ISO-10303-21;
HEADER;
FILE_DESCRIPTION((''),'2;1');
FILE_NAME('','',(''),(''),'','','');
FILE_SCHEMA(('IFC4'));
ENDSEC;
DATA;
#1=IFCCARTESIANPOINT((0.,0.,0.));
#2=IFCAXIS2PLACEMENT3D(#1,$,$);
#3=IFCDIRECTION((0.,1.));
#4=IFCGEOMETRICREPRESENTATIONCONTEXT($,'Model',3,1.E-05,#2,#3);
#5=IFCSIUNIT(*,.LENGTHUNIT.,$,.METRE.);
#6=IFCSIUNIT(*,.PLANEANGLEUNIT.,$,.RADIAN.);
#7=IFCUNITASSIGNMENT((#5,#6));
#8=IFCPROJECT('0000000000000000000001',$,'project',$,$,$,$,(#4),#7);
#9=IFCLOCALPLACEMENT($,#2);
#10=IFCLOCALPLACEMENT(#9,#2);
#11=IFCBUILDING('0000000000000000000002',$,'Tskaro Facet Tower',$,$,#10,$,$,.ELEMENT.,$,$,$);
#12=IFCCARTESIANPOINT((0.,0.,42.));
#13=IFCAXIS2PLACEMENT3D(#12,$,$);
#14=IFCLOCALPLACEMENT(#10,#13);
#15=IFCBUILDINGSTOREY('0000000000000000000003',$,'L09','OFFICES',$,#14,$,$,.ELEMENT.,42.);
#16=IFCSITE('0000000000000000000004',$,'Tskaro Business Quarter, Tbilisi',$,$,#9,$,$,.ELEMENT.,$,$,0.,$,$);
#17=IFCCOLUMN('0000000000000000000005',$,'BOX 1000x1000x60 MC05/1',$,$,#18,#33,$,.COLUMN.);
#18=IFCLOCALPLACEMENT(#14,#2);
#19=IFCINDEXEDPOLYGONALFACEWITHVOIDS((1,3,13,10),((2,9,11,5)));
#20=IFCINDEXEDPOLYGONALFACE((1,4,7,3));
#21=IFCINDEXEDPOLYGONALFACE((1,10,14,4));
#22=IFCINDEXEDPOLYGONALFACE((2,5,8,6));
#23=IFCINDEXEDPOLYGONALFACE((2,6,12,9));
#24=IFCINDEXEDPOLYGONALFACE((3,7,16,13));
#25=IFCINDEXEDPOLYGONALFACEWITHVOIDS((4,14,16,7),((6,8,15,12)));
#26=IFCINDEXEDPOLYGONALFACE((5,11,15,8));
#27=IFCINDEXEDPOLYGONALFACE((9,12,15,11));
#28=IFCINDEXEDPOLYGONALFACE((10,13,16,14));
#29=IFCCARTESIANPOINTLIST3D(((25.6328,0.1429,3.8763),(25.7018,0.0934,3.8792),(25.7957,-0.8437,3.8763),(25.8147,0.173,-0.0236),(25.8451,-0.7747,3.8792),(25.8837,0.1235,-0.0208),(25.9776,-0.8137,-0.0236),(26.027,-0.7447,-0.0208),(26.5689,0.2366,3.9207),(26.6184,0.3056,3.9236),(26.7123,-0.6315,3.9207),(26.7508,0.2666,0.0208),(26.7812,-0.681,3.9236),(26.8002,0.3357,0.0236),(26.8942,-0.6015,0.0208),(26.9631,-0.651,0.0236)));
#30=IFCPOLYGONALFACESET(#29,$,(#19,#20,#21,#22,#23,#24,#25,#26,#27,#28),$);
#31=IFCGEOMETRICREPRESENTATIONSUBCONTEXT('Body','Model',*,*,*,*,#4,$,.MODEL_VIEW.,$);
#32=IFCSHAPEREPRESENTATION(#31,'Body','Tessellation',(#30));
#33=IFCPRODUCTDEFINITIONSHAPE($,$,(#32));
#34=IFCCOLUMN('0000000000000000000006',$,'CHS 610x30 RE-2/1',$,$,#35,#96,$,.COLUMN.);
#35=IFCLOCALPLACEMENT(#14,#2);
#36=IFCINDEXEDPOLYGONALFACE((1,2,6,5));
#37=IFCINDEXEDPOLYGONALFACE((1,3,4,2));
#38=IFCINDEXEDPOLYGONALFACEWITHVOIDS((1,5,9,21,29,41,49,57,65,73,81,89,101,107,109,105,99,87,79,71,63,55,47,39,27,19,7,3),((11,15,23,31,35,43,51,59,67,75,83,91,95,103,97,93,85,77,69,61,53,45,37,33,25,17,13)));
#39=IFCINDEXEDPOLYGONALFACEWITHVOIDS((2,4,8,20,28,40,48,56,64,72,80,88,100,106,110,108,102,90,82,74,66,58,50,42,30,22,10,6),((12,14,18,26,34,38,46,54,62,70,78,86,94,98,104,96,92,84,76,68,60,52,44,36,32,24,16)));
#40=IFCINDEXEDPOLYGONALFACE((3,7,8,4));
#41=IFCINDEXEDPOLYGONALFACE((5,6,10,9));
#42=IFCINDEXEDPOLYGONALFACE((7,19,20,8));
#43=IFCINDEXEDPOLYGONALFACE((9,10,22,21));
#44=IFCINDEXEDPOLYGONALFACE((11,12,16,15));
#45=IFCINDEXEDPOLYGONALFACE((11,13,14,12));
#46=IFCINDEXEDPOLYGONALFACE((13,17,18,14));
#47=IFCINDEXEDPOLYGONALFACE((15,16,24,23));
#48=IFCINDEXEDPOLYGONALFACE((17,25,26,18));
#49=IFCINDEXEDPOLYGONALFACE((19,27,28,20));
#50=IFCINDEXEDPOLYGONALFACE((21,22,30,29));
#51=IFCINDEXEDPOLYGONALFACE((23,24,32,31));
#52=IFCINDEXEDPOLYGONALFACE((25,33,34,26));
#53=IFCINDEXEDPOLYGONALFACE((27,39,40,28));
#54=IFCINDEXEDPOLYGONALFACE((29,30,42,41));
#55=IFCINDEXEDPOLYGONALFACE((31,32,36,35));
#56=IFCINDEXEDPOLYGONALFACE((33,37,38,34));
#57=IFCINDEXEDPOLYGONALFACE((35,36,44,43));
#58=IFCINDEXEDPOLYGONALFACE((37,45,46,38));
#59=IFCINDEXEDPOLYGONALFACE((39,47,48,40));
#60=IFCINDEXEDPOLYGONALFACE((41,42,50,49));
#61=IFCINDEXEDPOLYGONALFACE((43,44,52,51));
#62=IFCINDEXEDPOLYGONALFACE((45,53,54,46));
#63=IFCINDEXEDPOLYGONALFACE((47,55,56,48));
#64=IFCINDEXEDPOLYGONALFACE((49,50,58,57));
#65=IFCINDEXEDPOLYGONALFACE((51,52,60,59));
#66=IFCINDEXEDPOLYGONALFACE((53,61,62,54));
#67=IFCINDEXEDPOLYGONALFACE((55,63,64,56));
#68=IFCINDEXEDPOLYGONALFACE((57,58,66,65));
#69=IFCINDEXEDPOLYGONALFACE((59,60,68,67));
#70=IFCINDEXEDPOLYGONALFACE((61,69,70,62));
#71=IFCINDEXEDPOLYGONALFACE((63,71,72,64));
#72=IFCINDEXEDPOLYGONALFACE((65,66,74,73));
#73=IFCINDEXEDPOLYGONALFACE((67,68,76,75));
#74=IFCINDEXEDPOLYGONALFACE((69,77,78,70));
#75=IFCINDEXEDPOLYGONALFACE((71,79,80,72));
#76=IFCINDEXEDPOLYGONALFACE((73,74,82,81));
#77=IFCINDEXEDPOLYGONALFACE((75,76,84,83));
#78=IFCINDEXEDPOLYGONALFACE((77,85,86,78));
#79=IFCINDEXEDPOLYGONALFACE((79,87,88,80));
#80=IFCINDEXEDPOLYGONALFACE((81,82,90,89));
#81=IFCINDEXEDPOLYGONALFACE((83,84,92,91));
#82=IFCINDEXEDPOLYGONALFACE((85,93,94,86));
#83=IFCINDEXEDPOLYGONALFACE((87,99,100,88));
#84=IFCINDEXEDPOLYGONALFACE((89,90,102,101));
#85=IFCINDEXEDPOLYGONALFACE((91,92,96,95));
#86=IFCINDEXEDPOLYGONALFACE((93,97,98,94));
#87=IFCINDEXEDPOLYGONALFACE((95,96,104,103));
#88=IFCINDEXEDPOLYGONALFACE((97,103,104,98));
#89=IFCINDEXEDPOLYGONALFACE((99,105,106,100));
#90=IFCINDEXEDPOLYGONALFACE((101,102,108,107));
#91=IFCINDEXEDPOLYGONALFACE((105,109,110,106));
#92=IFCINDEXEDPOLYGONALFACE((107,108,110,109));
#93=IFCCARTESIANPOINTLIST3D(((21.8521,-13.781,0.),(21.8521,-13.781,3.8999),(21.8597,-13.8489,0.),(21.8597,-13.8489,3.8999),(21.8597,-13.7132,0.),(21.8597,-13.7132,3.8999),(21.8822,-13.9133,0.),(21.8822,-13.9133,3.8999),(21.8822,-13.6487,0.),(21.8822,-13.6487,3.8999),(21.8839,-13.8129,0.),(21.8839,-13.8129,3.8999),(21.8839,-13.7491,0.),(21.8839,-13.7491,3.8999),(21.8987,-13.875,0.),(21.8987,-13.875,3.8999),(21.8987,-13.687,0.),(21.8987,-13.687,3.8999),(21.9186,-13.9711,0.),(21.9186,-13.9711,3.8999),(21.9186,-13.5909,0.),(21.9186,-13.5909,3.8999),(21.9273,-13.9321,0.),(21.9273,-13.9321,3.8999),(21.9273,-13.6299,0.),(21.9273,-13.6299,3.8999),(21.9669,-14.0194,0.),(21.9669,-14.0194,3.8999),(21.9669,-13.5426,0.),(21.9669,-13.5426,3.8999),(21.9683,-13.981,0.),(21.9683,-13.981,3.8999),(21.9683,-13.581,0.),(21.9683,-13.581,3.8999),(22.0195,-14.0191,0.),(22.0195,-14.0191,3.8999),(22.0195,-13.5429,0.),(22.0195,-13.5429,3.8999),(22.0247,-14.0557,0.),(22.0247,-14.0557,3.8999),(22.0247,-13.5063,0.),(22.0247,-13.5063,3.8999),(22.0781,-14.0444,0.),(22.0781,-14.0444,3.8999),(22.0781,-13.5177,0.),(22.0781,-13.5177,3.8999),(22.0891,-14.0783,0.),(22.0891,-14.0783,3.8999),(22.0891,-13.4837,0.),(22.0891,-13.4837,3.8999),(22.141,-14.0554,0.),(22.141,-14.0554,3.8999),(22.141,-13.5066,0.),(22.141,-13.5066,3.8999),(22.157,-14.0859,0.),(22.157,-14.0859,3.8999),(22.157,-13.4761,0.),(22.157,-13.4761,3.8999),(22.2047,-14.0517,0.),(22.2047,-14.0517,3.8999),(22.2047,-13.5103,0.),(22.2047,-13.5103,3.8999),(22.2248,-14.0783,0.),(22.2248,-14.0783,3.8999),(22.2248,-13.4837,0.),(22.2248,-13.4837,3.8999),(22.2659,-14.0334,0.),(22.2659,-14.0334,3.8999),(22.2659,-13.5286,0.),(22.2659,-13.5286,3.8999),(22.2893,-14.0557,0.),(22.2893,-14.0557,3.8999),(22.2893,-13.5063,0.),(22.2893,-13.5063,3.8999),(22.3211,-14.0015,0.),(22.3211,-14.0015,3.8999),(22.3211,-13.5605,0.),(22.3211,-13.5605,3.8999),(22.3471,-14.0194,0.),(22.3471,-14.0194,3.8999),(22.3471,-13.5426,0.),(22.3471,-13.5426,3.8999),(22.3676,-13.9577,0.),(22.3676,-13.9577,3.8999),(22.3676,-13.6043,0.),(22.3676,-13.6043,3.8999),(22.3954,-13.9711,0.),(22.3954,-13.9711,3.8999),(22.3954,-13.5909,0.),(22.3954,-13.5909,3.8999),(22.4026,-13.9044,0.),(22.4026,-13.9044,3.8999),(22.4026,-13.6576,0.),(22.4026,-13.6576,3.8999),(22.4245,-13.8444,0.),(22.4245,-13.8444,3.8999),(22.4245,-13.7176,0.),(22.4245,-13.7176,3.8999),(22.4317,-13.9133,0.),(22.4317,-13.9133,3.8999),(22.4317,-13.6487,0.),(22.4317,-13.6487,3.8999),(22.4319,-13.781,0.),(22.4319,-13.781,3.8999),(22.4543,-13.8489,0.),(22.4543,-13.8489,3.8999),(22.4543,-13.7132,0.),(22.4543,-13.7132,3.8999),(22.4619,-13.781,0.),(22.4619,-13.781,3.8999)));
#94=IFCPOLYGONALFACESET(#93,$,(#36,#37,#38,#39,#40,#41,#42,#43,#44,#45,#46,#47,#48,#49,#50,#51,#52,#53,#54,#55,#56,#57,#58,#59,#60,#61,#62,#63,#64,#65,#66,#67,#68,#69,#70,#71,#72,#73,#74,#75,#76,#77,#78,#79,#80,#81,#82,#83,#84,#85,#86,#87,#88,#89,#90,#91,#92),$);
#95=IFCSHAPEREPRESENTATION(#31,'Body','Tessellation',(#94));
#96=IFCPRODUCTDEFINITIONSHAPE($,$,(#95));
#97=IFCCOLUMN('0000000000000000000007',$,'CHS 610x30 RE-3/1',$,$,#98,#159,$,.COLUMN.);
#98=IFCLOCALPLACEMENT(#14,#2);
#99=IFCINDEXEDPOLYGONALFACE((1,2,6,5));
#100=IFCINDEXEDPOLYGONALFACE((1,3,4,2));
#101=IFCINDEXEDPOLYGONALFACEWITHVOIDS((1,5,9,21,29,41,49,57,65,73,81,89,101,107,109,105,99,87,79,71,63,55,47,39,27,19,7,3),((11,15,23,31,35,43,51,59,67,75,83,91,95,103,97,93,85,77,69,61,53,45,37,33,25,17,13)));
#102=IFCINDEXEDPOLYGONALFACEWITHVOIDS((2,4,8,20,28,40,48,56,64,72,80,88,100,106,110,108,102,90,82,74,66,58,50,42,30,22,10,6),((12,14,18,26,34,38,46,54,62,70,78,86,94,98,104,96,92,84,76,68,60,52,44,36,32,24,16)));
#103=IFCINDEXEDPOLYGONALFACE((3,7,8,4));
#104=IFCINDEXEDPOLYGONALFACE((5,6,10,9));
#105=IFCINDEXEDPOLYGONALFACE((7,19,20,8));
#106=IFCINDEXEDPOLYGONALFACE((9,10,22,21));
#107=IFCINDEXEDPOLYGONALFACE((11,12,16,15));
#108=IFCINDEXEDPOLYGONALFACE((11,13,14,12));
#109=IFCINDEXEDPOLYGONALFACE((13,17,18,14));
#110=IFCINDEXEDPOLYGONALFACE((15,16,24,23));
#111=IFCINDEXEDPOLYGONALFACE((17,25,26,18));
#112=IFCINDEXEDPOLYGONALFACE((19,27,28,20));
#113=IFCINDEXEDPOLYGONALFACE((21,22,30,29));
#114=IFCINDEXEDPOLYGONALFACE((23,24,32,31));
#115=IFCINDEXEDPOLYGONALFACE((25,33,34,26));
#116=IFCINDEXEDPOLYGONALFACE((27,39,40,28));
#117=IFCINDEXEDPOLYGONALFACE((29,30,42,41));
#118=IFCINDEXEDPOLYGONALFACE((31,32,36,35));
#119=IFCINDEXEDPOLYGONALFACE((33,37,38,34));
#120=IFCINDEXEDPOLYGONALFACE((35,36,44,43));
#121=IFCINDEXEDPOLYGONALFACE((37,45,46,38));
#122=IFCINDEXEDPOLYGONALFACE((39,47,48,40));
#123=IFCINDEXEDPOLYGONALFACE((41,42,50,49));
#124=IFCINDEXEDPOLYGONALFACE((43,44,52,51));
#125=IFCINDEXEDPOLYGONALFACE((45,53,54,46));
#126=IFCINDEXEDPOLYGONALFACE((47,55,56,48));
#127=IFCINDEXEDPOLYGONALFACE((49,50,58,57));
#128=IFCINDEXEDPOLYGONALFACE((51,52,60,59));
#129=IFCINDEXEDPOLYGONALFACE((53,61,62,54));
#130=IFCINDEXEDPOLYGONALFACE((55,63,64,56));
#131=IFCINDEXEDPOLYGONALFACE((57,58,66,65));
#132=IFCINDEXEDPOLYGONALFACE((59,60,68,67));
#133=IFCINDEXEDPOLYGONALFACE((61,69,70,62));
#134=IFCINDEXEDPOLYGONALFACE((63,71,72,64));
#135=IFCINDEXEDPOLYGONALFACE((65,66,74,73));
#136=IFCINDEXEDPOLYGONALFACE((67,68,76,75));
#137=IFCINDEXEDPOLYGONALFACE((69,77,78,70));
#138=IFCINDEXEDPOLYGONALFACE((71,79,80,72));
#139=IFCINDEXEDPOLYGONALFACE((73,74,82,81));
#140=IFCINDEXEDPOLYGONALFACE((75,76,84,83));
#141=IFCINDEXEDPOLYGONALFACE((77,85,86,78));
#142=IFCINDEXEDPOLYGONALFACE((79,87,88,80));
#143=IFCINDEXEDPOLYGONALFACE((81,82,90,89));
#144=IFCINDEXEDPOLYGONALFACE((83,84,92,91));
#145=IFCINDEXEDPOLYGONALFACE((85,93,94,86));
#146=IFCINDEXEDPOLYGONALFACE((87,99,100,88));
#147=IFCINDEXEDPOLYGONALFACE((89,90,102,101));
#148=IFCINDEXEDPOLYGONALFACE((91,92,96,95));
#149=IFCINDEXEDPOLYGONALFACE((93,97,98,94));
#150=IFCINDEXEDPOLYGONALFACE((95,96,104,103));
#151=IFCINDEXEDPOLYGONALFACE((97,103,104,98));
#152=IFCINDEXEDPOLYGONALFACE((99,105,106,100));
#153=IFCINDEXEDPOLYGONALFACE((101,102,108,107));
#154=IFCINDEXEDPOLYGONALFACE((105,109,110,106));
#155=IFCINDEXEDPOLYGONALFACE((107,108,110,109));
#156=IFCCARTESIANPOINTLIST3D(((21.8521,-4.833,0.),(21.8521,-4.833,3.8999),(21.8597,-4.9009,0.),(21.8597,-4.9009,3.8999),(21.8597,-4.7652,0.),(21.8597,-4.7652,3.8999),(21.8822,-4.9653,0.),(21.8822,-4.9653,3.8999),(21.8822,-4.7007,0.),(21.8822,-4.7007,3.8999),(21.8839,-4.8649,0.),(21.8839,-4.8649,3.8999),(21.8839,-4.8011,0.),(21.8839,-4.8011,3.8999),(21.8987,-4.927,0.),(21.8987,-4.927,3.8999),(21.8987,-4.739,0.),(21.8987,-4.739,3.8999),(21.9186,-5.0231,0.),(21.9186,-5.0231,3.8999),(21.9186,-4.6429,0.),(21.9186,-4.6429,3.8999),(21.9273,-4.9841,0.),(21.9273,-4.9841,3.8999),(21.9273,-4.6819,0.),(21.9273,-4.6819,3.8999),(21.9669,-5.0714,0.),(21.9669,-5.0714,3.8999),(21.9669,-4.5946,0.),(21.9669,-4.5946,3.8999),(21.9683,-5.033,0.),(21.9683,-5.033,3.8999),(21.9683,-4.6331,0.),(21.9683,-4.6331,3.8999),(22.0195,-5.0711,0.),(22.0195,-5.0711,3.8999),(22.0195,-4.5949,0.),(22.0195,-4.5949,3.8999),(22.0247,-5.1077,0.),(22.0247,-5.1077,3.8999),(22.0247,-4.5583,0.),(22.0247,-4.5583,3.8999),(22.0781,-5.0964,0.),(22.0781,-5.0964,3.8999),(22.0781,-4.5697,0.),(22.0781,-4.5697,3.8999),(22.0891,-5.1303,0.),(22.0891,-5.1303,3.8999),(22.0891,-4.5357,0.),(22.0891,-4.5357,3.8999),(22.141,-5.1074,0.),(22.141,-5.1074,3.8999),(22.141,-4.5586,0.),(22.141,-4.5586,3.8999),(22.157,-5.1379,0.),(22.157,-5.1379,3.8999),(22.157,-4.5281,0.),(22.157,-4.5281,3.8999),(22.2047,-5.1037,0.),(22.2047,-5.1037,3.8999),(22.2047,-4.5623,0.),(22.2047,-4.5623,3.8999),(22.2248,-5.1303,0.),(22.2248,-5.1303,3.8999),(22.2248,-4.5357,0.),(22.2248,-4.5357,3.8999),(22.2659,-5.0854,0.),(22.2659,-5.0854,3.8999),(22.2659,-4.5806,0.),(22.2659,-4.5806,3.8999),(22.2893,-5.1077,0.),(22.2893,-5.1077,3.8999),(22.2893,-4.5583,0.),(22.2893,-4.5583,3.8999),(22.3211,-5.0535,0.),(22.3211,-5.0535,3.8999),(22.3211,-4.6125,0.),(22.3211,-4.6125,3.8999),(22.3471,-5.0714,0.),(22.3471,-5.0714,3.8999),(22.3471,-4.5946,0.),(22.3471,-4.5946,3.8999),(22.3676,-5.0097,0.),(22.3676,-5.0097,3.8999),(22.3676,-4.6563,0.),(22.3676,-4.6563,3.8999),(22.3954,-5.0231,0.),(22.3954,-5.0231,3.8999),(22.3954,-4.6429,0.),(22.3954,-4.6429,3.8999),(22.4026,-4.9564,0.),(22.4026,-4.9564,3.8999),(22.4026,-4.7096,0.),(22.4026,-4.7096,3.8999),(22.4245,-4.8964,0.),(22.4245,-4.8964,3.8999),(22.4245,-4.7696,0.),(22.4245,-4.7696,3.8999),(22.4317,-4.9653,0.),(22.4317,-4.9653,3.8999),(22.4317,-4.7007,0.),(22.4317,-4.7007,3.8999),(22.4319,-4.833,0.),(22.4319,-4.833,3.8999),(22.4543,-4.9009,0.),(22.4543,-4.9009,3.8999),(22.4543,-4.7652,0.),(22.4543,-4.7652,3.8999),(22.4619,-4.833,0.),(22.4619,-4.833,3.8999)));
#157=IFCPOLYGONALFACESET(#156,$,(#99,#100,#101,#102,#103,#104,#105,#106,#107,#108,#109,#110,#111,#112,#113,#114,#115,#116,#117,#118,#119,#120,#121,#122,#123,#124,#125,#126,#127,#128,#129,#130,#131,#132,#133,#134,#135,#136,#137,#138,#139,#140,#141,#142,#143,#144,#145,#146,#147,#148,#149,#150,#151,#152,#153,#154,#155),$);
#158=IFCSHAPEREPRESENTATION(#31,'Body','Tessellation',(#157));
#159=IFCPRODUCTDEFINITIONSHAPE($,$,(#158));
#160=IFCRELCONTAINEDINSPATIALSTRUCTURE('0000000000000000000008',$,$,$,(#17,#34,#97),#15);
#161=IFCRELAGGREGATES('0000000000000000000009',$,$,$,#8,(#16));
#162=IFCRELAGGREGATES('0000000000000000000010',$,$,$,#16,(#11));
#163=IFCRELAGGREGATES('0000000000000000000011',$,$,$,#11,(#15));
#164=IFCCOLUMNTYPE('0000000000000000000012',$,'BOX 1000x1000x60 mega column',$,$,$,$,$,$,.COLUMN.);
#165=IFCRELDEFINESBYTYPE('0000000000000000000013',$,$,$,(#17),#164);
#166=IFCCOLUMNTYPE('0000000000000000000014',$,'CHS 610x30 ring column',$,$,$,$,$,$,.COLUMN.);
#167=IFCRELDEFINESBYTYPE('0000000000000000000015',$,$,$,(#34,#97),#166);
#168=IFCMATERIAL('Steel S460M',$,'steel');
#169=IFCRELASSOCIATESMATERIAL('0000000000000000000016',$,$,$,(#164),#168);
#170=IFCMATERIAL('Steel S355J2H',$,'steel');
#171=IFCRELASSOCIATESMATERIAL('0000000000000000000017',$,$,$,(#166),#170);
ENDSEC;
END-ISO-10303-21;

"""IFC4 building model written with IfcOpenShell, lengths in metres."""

from ifc_helpers import new_model, si_unit, direction, frame, origin, origin_2d, place, context, subcontext, project, spatial, hollow_rectangle, hollow_circle, extrude, material, material_profile, profile_set, type_object, element, save


model = new_model("IFC4")

# Units and contexts
model_context = context("Model", 3, precision=1e-05, world=origin(), true_north=direction((0.0, 1.0)))
body_context = subcontext(model_context, "Body", "Model", "MODEL_VIEW")
ifc_project = project(units=[si_unit("LENGTHUNIT", "METRE"), si_unit("PLANEANGLEUNIT", "RADIAN")], contexts=[model_context])

# Site, building, storey
site_placement = place(None, origin())
site = spatial("IfcSite", under=ifc_project, at=site_placement, Name="Tskaro Business Quarter, Tbilisi", CompositionType="ELEMENT", RefElevation=0.0)
building_placement = place(site_placement, origin())
building = spatial("IfcBuilding", under=site, at=building_placement, Name="Tskaro Facet Tower", CompositionType="ELEMENT")
storey_placement = place(building_placement, frame((0.0, 0.0, 42.0)))
storey = spatial("IfcBuildingStorey", under=building, at=storey_placement, Name="L09", Description="OFFICES", CompositionType="ELEMENT", Elevation=42.0)

# Columns
ifc_material_1 = material(Name="Steel S460M", Category="steel")
ifc_material_profile_1 = material_profile(ifc_material_1, hollow_rectangle(XDim=1.0, YDim=1.0, WallThickness=0.0601, at=origin_2d()), Name="BOX 1000x1000x60")
ifc_profile_set_1 = profile_set([ifc_material_profile_1], Name="Steel S460M")
column_type_1 = type_object("IfcColumnType", Name="BOX 1000x1000x60 mega column", PredefinedType="COLUMN", material=ifc_profile_set_1)
column_1_placement = place(storey_placement, frame((26.3889, -0.239, 0.0), z_axis=(-0.046586, -0.007691, 0.998885), x_axis=(0.162895, -0.986643, 0.0)))
element("IfcColumn", 1, at=column_1_placement, inside=storey, type_object=column_type_1, Name="BOX 1000x1000x60 MC05/1", PredefinedType="COLUMN", context=body_context, shape_type="SweptSolid", body=[
    extrude(hollow_rectangle(XDim=1.0, YDim=1.0, WallThickness=0.0601, at=origin_2d()), origin(), (0.0, 0.0, 1.0), 3.9043),
])
ifc_material_2 = material(Name="Steel S355J2H", Category="steel")
ifc_material_profile_2 = material_profile(ifc_material_2, hollow_circle(Radius=0.3049, WallThickness=0.03, at=origin_2d()), Name="CHS 610x30")
ifc_profile_set_2 = profile_set([ifc_material_profile_2], Name="Steel S355J2H")
column_type_2 = type_object("IfcColumnType", Name="CHS 610x30 ring column", PredefinedType="COLUMN", material=ifc_profile_set_2)
for number, where, z_axis, x_axis, name in (
    (2, (22.157, -13.781, 0.0), (0.0, 0.0, 1.0), (1.0, 0.0, 0.0), "CHS 610x30 RE-2/1"),
    (3, (22.157, -4.833, 0.0), (0.0, 0.0, 1.0), (1.0, 0.0, 0.0), "CHS 610x30 RE-3/1"),
):
    element("IfcColumn", number, at=place(storey_placement, frame(where, z_axis=z_axis, x_axis=x_axis)), inside=storey, type_object=column_type_2, Name=name, PredefinedType="COLUMN", context=body_context, shape_type="SweptSolid", body=[
        extrude(hollow_circle(Radius=0.3049, WallThickness=0.03, at=origin_2d()), origin(), (0.0, 0.0, 1.0), 3.8999),
    ])

save(model, "model.ifc")
